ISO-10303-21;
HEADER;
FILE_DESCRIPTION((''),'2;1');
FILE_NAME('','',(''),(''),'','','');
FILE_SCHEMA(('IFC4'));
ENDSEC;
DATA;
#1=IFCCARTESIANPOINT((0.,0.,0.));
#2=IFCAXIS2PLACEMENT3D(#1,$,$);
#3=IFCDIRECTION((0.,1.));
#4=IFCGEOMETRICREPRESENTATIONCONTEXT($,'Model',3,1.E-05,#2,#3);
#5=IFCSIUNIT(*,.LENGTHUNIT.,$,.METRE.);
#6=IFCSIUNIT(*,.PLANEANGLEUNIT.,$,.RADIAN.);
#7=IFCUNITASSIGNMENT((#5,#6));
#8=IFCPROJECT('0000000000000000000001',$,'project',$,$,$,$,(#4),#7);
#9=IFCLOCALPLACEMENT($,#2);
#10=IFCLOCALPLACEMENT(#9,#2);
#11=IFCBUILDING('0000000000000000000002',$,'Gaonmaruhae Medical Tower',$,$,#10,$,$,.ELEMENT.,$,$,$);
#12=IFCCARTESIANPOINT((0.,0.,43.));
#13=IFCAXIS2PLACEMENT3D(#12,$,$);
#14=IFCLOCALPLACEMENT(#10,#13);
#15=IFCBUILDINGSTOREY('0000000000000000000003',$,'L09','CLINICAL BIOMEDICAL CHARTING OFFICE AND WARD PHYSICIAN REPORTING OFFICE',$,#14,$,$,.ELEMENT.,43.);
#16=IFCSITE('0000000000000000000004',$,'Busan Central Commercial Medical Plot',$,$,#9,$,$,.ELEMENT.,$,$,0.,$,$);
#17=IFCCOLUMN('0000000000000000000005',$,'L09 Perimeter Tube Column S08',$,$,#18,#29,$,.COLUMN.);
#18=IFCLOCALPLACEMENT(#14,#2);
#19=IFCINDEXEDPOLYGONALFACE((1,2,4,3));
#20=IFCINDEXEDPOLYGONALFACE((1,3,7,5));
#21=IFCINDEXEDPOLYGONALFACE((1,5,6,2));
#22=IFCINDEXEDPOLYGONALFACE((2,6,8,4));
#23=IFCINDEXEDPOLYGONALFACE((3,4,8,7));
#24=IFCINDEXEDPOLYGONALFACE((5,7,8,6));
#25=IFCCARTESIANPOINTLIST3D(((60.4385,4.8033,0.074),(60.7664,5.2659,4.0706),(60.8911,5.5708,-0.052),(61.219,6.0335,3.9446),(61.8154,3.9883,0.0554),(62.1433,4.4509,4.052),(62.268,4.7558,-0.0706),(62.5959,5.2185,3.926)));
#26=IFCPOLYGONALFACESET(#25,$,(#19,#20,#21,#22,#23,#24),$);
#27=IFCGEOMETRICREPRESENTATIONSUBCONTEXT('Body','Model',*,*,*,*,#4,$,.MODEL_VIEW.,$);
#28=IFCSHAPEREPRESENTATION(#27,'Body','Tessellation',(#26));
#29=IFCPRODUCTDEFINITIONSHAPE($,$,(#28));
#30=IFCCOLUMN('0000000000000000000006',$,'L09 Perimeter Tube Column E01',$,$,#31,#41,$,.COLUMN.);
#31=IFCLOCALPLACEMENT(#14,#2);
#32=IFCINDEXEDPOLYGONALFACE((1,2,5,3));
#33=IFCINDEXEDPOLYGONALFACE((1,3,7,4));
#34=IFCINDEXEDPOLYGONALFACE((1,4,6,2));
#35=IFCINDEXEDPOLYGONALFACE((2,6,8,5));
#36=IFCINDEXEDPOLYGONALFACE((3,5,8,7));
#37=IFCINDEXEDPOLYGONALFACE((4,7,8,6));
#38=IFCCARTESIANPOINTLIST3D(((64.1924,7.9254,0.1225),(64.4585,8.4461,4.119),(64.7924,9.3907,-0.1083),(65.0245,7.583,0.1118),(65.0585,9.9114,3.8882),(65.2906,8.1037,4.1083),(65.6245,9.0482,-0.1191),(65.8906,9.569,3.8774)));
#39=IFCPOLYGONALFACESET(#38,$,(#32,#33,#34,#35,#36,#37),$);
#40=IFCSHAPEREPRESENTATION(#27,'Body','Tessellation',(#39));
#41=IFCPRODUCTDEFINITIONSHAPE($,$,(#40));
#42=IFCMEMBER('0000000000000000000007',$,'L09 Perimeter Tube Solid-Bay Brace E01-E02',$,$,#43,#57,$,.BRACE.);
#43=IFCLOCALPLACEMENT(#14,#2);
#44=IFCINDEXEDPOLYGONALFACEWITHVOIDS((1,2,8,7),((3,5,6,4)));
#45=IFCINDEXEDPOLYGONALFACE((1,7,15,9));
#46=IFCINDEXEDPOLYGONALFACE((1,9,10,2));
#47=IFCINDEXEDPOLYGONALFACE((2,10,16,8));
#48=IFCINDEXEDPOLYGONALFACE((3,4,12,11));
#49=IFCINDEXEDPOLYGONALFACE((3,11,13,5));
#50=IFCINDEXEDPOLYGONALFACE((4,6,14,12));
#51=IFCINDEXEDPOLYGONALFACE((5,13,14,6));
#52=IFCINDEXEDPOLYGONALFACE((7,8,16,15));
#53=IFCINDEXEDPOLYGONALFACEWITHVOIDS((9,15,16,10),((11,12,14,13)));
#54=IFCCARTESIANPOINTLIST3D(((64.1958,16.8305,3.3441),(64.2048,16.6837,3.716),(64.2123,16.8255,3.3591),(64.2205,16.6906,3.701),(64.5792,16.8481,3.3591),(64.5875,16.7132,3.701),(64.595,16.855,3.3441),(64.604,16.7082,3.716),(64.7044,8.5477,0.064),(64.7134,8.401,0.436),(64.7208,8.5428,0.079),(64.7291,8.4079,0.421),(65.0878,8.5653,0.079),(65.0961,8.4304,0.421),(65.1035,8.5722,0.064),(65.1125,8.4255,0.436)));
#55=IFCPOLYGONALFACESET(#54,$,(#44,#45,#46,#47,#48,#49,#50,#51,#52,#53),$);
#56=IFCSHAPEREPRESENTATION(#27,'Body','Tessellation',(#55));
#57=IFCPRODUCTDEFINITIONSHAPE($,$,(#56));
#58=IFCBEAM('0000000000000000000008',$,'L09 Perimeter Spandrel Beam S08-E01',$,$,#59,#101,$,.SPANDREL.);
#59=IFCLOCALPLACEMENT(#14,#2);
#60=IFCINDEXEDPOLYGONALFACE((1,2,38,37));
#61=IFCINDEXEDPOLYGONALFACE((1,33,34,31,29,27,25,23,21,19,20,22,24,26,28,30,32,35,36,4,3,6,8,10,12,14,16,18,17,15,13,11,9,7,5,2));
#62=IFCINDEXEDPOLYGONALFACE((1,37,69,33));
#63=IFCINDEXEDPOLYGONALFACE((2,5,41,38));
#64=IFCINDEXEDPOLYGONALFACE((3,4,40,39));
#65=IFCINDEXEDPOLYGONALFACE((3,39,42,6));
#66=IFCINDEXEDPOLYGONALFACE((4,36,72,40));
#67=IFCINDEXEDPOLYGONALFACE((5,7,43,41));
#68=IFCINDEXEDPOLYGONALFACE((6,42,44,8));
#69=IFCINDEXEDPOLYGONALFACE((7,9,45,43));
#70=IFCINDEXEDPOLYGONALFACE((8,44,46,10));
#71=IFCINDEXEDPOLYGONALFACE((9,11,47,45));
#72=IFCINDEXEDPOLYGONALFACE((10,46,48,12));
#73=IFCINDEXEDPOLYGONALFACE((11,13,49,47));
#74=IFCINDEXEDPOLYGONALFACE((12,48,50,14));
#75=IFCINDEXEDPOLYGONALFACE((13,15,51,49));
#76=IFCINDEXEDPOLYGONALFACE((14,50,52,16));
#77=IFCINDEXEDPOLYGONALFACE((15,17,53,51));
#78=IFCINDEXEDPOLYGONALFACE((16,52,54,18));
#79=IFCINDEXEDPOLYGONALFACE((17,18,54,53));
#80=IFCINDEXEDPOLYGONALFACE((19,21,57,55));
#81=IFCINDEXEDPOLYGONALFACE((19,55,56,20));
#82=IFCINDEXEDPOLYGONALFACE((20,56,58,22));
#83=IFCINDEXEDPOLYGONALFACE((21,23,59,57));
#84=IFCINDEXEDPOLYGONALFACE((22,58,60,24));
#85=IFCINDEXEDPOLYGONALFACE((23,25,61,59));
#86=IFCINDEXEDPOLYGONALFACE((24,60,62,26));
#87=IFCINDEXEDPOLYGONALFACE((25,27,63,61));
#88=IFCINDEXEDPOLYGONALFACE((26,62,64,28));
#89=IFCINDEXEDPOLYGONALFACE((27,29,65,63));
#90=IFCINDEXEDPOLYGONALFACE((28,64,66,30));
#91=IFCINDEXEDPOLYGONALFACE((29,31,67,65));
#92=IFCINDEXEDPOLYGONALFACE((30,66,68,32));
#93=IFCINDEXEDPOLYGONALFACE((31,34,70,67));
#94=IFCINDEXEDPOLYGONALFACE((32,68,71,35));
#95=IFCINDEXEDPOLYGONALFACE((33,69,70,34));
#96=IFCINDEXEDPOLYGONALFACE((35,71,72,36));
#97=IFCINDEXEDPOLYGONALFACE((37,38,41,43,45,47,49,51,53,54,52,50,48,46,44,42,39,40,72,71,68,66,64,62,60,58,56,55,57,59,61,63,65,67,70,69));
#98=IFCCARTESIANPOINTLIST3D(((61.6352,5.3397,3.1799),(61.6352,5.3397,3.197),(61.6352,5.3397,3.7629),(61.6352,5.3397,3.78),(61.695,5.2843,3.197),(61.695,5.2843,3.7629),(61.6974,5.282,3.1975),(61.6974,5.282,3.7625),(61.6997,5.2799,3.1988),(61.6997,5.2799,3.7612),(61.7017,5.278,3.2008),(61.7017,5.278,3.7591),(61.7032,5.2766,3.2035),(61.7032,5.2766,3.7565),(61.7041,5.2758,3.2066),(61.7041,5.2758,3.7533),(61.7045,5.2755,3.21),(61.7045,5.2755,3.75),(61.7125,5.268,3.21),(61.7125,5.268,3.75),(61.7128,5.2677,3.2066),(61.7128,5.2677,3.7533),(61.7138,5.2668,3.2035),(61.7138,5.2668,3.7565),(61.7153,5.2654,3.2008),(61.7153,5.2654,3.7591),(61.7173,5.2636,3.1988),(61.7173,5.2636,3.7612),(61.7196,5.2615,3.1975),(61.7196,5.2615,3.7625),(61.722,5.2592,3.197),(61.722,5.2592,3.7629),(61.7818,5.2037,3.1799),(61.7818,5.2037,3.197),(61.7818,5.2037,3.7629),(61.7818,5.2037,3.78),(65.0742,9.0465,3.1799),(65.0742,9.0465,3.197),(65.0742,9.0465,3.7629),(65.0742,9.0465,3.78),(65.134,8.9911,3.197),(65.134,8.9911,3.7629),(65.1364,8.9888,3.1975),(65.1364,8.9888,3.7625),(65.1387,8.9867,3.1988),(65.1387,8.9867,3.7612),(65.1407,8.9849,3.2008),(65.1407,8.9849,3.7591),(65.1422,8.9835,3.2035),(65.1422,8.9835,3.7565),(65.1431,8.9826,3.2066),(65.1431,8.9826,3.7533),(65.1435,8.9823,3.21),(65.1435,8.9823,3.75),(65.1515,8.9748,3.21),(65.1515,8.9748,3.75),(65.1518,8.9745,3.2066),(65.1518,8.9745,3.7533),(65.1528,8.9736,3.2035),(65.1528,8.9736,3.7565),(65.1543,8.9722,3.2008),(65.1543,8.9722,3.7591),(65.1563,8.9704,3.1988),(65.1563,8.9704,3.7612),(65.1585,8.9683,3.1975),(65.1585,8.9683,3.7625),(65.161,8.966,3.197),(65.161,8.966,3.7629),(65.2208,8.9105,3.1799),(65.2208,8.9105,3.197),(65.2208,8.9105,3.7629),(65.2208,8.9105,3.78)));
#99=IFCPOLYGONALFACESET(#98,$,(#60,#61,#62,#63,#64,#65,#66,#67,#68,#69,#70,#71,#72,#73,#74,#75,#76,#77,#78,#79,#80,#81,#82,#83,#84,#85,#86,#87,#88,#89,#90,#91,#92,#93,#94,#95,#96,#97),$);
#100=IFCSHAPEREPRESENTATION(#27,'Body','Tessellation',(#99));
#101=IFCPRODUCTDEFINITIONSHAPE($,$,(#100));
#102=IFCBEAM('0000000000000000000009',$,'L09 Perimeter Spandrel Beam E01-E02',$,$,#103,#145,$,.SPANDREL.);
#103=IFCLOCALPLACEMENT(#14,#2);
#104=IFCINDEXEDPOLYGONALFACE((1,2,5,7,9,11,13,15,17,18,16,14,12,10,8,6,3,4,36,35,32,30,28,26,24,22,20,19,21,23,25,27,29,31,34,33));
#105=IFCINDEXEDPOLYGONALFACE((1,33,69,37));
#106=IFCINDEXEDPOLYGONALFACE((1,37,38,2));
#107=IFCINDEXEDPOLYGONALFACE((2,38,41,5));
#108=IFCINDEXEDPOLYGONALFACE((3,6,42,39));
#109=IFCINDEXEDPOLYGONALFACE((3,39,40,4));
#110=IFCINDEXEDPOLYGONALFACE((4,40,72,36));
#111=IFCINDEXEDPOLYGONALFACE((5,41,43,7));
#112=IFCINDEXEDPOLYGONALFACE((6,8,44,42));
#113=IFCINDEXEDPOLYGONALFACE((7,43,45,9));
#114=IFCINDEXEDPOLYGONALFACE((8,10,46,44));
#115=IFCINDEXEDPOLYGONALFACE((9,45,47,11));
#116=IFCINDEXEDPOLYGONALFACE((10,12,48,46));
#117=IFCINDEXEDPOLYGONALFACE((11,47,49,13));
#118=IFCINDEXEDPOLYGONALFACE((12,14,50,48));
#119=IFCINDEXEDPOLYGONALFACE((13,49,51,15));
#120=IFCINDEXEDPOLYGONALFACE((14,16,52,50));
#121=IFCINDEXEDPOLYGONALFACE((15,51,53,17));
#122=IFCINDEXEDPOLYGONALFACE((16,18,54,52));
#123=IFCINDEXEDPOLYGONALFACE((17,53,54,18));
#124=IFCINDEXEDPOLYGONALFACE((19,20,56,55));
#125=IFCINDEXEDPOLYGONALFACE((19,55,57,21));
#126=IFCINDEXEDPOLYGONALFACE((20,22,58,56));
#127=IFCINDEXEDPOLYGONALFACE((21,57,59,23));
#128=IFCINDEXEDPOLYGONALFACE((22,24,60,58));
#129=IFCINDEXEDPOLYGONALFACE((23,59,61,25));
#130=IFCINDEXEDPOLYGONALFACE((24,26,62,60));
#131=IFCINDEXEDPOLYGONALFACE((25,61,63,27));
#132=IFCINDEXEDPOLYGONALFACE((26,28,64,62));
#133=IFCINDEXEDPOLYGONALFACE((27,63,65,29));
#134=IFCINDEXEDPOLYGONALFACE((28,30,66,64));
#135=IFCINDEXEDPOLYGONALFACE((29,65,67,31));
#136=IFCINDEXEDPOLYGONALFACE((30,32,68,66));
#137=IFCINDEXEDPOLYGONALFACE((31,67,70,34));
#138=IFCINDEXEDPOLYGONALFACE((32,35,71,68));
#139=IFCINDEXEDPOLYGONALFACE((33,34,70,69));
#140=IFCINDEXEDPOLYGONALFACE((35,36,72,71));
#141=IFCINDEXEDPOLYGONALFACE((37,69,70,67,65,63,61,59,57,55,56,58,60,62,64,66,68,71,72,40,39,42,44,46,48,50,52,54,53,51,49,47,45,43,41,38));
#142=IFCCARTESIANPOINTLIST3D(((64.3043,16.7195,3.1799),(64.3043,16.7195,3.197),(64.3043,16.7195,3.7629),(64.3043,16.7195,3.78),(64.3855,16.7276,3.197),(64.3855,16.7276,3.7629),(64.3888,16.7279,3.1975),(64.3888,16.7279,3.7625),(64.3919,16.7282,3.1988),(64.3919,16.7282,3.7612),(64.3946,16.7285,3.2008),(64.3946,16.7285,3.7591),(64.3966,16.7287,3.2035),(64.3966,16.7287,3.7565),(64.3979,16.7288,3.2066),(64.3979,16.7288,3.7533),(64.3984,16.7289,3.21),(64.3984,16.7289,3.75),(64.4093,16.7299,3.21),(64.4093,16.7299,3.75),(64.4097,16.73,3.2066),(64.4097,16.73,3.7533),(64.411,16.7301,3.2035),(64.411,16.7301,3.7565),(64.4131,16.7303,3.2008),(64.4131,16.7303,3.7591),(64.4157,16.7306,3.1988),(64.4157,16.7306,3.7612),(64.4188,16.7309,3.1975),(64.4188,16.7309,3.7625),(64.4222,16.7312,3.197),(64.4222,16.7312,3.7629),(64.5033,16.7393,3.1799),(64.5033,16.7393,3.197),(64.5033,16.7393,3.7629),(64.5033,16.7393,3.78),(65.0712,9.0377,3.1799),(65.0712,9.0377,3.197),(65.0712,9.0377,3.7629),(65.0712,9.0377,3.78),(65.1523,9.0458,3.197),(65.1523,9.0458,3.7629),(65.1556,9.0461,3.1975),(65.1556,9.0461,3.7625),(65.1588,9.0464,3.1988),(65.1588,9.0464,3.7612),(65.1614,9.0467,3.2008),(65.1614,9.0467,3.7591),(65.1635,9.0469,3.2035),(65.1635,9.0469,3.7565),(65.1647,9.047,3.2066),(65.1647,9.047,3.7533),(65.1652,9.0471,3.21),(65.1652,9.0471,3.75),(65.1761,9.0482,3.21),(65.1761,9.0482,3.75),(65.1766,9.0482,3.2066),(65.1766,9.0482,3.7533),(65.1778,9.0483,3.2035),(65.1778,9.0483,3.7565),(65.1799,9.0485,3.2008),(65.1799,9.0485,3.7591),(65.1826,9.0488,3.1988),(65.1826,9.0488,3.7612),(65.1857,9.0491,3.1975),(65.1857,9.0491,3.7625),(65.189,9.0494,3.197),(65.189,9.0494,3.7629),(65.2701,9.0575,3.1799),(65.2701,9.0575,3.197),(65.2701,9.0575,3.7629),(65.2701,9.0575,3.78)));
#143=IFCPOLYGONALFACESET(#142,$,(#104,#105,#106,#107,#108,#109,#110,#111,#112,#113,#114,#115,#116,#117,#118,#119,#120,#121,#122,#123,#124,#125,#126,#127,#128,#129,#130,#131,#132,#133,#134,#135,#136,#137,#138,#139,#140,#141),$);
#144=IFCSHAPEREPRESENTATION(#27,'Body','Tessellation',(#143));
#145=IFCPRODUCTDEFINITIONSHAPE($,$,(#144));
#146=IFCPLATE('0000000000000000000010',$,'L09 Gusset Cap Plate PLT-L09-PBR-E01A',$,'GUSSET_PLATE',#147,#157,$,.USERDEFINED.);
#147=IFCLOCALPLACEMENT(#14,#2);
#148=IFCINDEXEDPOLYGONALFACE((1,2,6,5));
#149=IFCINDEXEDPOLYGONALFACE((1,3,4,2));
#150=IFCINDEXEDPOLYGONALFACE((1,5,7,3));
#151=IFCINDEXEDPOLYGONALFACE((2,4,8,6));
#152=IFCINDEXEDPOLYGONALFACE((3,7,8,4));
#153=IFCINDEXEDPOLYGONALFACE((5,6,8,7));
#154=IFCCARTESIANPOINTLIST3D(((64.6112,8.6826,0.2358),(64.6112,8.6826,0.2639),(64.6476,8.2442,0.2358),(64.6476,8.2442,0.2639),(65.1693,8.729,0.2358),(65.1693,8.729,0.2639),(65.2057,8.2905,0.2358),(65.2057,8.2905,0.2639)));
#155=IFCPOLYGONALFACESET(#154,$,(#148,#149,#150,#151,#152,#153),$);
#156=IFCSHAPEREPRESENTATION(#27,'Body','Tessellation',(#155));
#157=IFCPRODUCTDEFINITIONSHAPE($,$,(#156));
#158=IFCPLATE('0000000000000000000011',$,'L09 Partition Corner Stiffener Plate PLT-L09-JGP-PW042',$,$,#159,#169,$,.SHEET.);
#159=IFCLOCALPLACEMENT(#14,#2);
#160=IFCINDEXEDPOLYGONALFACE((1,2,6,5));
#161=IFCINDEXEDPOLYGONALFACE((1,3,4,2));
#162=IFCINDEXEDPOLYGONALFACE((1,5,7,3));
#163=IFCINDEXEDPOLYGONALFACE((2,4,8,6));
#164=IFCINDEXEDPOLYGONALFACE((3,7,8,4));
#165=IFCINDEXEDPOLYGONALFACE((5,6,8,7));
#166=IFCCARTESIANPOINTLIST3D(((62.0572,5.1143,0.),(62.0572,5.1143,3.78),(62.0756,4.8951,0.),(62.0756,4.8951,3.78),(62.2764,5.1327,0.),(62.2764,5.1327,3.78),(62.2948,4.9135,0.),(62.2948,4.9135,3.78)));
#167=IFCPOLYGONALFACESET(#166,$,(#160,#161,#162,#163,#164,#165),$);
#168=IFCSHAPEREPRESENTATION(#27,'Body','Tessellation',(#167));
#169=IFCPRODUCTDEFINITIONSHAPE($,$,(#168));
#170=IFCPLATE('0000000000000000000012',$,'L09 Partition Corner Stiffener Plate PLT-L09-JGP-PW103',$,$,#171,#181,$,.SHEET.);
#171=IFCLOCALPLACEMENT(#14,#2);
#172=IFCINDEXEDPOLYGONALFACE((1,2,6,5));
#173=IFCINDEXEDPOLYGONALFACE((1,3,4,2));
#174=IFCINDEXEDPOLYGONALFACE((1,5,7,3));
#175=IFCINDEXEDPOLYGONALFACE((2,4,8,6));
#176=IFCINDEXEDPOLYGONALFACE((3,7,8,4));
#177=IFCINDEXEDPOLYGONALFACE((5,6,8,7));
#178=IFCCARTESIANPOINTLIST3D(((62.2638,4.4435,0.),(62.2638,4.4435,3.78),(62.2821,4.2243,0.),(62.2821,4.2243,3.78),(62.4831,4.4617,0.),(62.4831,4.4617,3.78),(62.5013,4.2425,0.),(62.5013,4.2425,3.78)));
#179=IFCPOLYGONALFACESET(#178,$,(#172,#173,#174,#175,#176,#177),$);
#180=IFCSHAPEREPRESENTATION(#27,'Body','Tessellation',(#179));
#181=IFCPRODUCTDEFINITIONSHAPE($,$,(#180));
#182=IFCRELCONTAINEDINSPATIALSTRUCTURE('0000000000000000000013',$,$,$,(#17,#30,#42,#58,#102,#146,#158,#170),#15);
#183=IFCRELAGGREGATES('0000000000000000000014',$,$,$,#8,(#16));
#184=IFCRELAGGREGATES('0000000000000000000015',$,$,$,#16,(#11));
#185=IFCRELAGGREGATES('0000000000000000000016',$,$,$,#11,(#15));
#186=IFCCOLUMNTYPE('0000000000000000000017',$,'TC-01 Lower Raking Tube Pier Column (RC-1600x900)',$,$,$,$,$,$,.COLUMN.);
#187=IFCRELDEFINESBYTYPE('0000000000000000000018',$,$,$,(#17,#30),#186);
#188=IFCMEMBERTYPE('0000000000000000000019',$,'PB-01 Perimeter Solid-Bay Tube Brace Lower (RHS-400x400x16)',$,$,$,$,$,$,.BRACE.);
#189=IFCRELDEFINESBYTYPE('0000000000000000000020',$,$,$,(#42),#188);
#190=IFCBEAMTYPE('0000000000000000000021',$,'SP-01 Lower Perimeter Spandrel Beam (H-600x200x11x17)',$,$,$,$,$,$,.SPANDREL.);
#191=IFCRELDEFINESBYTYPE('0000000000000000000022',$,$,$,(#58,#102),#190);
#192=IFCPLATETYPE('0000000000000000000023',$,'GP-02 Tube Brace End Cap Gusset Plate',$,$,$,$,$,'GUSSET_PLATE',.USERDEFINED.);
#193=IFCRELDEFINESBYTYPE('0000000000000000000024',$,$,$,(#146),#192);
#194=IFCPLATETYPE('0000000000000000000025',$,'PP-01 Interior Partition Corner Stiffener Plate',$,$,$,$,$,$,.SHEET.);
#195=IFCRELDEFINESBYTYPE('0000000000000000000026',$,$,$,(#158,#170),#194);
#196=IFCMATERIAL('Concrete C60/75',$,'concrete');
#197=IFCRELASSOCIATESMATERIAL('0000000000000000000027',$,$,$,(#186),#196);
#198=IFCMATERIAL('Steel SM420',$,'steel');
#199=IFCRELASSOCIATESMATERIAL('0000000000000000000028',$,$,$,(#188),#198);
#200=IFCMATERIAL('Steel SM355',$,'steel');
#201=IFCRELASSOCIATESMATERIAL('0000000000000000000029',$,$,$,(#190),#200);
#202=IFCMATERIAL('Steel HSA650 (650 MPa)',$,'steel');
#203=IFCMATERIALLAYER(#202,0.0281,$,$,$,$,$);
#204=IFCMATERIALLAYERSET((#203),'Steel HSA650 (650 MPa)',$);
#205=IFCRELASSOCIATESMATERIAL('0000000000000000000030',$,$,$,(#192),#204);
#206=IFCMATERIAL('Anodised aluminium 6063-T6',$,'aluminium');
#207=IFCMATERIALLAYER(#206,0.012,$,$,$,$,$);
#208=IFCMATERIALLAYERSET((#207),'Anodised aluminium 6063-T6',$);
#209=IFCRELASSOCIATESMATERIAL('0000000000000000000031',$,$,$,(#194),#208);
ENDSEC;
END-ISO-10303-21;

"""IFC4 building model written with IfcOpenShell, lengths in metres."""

from ifc_helpers import new_model, si_unit, direction, frame, origin, origin_2d, place, context, subcontext, project, spatial, rectangle, hollow_rectangle, i_section, extrude, material, layer, layer_set, material_profile, profile_set, type_object, element, save


model = new_model("IFC4")

# Units and contexts
model_context = context("Model", 3, precision=1e-05, world=origin(), true_north=direction((0.0, 1.0)))
body_context = subcontext(model_context, "Body", "Model", "MODEL_VIEW")
ifc_project = project(units=[si_unit("LENGTHUNIT", "METRE"), si_unit("PLANEANGLEUNIT", "RADIAN")], contexts=[model_context])

# Site, building, storey
site_placement = place(None, origin())
site = spatial("IfcSite", under=ifc_project, at=site_placement, Name="Busan Central Commercial Medical Plot", CompositionType="ELEMENT", RefElevation=0.0)
building_placement = place(site_placement, origin())
building = spatial("IfcBuilding", under=site, at=building_placement, Name="Gaonmaruhae Medical Tower", CompositionType="ELEMENT")
storey_placement = place(building_placement, frame((0.0, 0.0, 43.0)))
storey = spatial("IfcBuildingStorey", under=building, at=storey_placement, Name="L09", Description="CLINICAL BIOMEDICAL CHARTING OFFICE AND WARD PHYSICIAN REPORTING OFFICE", CompositionType="ELEMENT", Elevation=43.0)

# Columns
ifc_material_1 = material(Name="Concrete C60/75", Category="concrete")
ifc_material_profile_1 = material_profile(ifc_material_1, rectangle(XDim=1.6001, YDim=0.8999, at=origin_2d()), Name="RC-1600x900")
ifc_profile_set_1 = profile_set([ifc_material_profile_1], Name="Concrete C60/75")
column_type = type_object("IfcColumnType", Name="TC-01 Lower Raking Tube Pier Column (RC-1600x900)", PredefinedType="COLUMN", material=ifc_profile_set_1)
column_1_placement = place(storey_placement, frame((61.3533, 4.7795, 0.0017), z_axis=(0.081227, 0.114613, 0.990084), x_axis=(-0.860485, 0.509343, 0.011633)))
element("IfcColumn", 1, at=column_1_placement, inside=storey, type_object=column_type, Name="L09 Perimeter Tube Column S08", PredefinedType="COLUMN", context=body_context, shape_type="SweptSolid", body=[
    extrude(rectangle(XDim=1.6001, YDim=0.8999, at=origin_2d()), origin(), (0.0, 0.0, 1.0), 4.0366),
])
column_2_placement = place(storey_placement, frame((64.9084, 8.4868, 0.0017), z_axis=(0.065884, 0.128926, 0.989463), x_axis=(-0.374966, -0.915741, 0.144288)))
element("IfcColumn", 2, at=column_2_placement, inside=storey, type_object=column_type, Name="L09 Perimeter Tube Column E01", PredefinedType="COLUMN", context=body_context, shape_type="SweptSolid", body=[
    extrude(rectangle(XDim=1.6001, YDim=0.8999, at=origin_2d()), origin(), (0.0, 0.0, 1.0), 4.0391),
])

# Member
ifc_material_2 = material(Name="Steel SM420", Category="steel")
ifc_material_profile_2 = material_profile(ifc_material_2, hollow_rectangle(XDim=0.3999, YDim=0.3999, WallThickness=0.0161, at=origin_2d()), Name="RHS-400x400x16")
ifc_profile_set_2 = profile_set([ifc_material_profile_2], Name="Steel SM420")
member_type = type_object("IfcMemberType", Name="PB-01 Perimeter Solid-Bay Tube Brace Lower (RHS-400x400x16)", PredefinedType="BRACE", material=ifc_profile_set_2)
member_placement = place(storey_placement, frame((64.9084, 8.4866, 0.25), z_axis=(-0.056992, 0.92824, 0.367591), x_axis=(-0.99812, -0.061283, 0.0)))
element("IfcMember", 3, at=member_placement, inside=storey, type_object=member_type, Name="L09 Perimeter Tube Solid-Bay Brace E01-E02", PredefinedType="BRACE", context=body_context, shape_type="SweptSolid", body=[
    extrude(hollow_rectangle(XDim=0.3999, YDim=0.3999, WallThickness=0.0161, at=origin_2d()), origin(), (0.0, 0.0, 1.0), 8.9231),
])

# Beams
ifc_material_3 = material(Name="Steel SM355", Category="steel")
ifc_material_profile_3 = material_profile(ifc_material_3, i_section(OverallWidth=0.2, OverallDepth=0.6001, WebThickness=0.011, FlangeThickness=0.0171, FilletRadius=0.0129, at=origin_2d()), Name="H-600x200x11x17")
ifc_profile_set_3 = profile_set([ifc_material_profile_3], Name="Steel SM355")
beam_type = type_object("IfcBeamType", Name="SP-01 Lower Perimeter Spandrel Beam (H-600x200x11x17)", PredefinedType="SPANDREL", material=ifc_profile_set_3)
beam_1_placement = place(storey_placement, frame((61.7085, 5.2717, 3.48), z_axis=(0.680127, 0.733094, 0.0), x_axis=(-0.733094, 0.680127, 0.0)))
element("IfcBeam", 4, at=beam_1_placement, inside=storey, type_object=beam_type, Name="L09 Perimeter Spandrel Beam S08-E01", PredefinedType="SPANDREL", context=body_context, shape_type="SweptSolid", body=[
    extrude(i_section(OverallWidth=0.2, OverallDepth=0.6001, WebThickness=0.011, FlangeThickness=0.0171, FilletRadius=0.0129, at=origin_2d()), origin(), (0.0, 0.0, 1.0), 5.0564),
])
beam_2_placement = place(storey_placement, frame((65.1707, 9.0476, 3.48), z_axis=(-0.099332, 0.995054, 0.0), x_axis=(-0.995054, -0.099332, 0.0)))
element("IfcBeam", 5, at=beam_2_placement, inside=storey, type_object=beam_type, Name="L09 Perimeter Spandrel Beam E01-E02", PredefinedType="SPANDREL", context=body_context, shape_type="SweptSolid", body=[
    extrude(i_section(OverallWidth=0.2, OverallDepth=0.6001, WebThickness=0.011, FlangeThickness=0.0171, FilletRadius=0.0129, at=origin_2d()), origin(), (0.0, 0.0, 1.0), 7.72),
])

# Plates
ifc_material_4 = material(Name="Steel HSA650 (650 MPa)", Category="steel")
ifc_layer_1 = layer(ifc_material_4, 0.0281)
ifc_layer_set_1 = layer_set([ifc_layer_1], Name="Steel HSA650 (650 MPa)")
plate_type_1 = type_object("IfcPlateType", Name="GP-02 Tube Brace End Cap Gusset Plate", ElementType="GUSSET_PLATE", PredefinedType="USERDEFINED", material=ifc_layer_set_1)
plate_placement = place(storey_placement, frame((64.9084, 8.4866, 0.2358), z_axis=(0.0, 0.0, 1.0), x_axis=(0.996566, 0.082808, 0.0)))
element("IfcPlate", 6, at=plate_placement, inside=storey, type_object=plate_type_1, Name="L09 Gusset Cap Plate PLT-L09-PBR-E01A", ObjectType="GUSSET_PLATE", PredefinedType="USERDEFINED", context=body_context, shape_type="SweptSolid", body=[
    extrude(rectangle(XDim=0.5601, YDim=0.4399, at=origin_2d()), origin(), (0.0, 0.0, 1.0), 0.0281),
])
ifc_material_5 = material(Name="Anodised aluminium 6063-T6", Category="aluminium")
ifc_layer_2 = layer(ifc_material_5, 0.012)
ifc_layer_set_2 = layer_set([ifc_layer_2], Name="Anodised aluminium 6063-T6")
plate_type_2 = type_object("IfcPlateType", Name="PP-01 Interior Partition Corner Stiffener Plate", PredefinedType="SHEET", material=ifc_layer_set_2)
for number, where, z_axis, x_axis, name in (
    (7, (62.176, 5.0139, 0.0), (0.0, 0.0, 1.0), (0.083469, -0.99651, 0.0), "L09 Partition Corner Stiffener Plate PLT-L09-JGP-PW042"),
    (8, (62.3826, 4.343, 0.0), (0.0, 0.0, 1.0), (-0.996554, -0.082947, 0.0), "L09 Partition Corner Stiffener Plate PLT-L09-JGP-PW103"),
):
    element("IfcPlate", number, at=place(storey_placement, frame(where, z_axis=z_axis, x_axis=x_axis)), inside=storey, type_object=plate_type_2, Name=name, PredefinedType="SHEET", context=body_context, shape_type="SweptSolid", body=[
        extrude(rectangle(XDim=0.22, YDim=0.22, at=origin_2d()), origin(), (0.0, 0.0, 1.0), 3.78),
    ])

save(model, "model.ifc")
